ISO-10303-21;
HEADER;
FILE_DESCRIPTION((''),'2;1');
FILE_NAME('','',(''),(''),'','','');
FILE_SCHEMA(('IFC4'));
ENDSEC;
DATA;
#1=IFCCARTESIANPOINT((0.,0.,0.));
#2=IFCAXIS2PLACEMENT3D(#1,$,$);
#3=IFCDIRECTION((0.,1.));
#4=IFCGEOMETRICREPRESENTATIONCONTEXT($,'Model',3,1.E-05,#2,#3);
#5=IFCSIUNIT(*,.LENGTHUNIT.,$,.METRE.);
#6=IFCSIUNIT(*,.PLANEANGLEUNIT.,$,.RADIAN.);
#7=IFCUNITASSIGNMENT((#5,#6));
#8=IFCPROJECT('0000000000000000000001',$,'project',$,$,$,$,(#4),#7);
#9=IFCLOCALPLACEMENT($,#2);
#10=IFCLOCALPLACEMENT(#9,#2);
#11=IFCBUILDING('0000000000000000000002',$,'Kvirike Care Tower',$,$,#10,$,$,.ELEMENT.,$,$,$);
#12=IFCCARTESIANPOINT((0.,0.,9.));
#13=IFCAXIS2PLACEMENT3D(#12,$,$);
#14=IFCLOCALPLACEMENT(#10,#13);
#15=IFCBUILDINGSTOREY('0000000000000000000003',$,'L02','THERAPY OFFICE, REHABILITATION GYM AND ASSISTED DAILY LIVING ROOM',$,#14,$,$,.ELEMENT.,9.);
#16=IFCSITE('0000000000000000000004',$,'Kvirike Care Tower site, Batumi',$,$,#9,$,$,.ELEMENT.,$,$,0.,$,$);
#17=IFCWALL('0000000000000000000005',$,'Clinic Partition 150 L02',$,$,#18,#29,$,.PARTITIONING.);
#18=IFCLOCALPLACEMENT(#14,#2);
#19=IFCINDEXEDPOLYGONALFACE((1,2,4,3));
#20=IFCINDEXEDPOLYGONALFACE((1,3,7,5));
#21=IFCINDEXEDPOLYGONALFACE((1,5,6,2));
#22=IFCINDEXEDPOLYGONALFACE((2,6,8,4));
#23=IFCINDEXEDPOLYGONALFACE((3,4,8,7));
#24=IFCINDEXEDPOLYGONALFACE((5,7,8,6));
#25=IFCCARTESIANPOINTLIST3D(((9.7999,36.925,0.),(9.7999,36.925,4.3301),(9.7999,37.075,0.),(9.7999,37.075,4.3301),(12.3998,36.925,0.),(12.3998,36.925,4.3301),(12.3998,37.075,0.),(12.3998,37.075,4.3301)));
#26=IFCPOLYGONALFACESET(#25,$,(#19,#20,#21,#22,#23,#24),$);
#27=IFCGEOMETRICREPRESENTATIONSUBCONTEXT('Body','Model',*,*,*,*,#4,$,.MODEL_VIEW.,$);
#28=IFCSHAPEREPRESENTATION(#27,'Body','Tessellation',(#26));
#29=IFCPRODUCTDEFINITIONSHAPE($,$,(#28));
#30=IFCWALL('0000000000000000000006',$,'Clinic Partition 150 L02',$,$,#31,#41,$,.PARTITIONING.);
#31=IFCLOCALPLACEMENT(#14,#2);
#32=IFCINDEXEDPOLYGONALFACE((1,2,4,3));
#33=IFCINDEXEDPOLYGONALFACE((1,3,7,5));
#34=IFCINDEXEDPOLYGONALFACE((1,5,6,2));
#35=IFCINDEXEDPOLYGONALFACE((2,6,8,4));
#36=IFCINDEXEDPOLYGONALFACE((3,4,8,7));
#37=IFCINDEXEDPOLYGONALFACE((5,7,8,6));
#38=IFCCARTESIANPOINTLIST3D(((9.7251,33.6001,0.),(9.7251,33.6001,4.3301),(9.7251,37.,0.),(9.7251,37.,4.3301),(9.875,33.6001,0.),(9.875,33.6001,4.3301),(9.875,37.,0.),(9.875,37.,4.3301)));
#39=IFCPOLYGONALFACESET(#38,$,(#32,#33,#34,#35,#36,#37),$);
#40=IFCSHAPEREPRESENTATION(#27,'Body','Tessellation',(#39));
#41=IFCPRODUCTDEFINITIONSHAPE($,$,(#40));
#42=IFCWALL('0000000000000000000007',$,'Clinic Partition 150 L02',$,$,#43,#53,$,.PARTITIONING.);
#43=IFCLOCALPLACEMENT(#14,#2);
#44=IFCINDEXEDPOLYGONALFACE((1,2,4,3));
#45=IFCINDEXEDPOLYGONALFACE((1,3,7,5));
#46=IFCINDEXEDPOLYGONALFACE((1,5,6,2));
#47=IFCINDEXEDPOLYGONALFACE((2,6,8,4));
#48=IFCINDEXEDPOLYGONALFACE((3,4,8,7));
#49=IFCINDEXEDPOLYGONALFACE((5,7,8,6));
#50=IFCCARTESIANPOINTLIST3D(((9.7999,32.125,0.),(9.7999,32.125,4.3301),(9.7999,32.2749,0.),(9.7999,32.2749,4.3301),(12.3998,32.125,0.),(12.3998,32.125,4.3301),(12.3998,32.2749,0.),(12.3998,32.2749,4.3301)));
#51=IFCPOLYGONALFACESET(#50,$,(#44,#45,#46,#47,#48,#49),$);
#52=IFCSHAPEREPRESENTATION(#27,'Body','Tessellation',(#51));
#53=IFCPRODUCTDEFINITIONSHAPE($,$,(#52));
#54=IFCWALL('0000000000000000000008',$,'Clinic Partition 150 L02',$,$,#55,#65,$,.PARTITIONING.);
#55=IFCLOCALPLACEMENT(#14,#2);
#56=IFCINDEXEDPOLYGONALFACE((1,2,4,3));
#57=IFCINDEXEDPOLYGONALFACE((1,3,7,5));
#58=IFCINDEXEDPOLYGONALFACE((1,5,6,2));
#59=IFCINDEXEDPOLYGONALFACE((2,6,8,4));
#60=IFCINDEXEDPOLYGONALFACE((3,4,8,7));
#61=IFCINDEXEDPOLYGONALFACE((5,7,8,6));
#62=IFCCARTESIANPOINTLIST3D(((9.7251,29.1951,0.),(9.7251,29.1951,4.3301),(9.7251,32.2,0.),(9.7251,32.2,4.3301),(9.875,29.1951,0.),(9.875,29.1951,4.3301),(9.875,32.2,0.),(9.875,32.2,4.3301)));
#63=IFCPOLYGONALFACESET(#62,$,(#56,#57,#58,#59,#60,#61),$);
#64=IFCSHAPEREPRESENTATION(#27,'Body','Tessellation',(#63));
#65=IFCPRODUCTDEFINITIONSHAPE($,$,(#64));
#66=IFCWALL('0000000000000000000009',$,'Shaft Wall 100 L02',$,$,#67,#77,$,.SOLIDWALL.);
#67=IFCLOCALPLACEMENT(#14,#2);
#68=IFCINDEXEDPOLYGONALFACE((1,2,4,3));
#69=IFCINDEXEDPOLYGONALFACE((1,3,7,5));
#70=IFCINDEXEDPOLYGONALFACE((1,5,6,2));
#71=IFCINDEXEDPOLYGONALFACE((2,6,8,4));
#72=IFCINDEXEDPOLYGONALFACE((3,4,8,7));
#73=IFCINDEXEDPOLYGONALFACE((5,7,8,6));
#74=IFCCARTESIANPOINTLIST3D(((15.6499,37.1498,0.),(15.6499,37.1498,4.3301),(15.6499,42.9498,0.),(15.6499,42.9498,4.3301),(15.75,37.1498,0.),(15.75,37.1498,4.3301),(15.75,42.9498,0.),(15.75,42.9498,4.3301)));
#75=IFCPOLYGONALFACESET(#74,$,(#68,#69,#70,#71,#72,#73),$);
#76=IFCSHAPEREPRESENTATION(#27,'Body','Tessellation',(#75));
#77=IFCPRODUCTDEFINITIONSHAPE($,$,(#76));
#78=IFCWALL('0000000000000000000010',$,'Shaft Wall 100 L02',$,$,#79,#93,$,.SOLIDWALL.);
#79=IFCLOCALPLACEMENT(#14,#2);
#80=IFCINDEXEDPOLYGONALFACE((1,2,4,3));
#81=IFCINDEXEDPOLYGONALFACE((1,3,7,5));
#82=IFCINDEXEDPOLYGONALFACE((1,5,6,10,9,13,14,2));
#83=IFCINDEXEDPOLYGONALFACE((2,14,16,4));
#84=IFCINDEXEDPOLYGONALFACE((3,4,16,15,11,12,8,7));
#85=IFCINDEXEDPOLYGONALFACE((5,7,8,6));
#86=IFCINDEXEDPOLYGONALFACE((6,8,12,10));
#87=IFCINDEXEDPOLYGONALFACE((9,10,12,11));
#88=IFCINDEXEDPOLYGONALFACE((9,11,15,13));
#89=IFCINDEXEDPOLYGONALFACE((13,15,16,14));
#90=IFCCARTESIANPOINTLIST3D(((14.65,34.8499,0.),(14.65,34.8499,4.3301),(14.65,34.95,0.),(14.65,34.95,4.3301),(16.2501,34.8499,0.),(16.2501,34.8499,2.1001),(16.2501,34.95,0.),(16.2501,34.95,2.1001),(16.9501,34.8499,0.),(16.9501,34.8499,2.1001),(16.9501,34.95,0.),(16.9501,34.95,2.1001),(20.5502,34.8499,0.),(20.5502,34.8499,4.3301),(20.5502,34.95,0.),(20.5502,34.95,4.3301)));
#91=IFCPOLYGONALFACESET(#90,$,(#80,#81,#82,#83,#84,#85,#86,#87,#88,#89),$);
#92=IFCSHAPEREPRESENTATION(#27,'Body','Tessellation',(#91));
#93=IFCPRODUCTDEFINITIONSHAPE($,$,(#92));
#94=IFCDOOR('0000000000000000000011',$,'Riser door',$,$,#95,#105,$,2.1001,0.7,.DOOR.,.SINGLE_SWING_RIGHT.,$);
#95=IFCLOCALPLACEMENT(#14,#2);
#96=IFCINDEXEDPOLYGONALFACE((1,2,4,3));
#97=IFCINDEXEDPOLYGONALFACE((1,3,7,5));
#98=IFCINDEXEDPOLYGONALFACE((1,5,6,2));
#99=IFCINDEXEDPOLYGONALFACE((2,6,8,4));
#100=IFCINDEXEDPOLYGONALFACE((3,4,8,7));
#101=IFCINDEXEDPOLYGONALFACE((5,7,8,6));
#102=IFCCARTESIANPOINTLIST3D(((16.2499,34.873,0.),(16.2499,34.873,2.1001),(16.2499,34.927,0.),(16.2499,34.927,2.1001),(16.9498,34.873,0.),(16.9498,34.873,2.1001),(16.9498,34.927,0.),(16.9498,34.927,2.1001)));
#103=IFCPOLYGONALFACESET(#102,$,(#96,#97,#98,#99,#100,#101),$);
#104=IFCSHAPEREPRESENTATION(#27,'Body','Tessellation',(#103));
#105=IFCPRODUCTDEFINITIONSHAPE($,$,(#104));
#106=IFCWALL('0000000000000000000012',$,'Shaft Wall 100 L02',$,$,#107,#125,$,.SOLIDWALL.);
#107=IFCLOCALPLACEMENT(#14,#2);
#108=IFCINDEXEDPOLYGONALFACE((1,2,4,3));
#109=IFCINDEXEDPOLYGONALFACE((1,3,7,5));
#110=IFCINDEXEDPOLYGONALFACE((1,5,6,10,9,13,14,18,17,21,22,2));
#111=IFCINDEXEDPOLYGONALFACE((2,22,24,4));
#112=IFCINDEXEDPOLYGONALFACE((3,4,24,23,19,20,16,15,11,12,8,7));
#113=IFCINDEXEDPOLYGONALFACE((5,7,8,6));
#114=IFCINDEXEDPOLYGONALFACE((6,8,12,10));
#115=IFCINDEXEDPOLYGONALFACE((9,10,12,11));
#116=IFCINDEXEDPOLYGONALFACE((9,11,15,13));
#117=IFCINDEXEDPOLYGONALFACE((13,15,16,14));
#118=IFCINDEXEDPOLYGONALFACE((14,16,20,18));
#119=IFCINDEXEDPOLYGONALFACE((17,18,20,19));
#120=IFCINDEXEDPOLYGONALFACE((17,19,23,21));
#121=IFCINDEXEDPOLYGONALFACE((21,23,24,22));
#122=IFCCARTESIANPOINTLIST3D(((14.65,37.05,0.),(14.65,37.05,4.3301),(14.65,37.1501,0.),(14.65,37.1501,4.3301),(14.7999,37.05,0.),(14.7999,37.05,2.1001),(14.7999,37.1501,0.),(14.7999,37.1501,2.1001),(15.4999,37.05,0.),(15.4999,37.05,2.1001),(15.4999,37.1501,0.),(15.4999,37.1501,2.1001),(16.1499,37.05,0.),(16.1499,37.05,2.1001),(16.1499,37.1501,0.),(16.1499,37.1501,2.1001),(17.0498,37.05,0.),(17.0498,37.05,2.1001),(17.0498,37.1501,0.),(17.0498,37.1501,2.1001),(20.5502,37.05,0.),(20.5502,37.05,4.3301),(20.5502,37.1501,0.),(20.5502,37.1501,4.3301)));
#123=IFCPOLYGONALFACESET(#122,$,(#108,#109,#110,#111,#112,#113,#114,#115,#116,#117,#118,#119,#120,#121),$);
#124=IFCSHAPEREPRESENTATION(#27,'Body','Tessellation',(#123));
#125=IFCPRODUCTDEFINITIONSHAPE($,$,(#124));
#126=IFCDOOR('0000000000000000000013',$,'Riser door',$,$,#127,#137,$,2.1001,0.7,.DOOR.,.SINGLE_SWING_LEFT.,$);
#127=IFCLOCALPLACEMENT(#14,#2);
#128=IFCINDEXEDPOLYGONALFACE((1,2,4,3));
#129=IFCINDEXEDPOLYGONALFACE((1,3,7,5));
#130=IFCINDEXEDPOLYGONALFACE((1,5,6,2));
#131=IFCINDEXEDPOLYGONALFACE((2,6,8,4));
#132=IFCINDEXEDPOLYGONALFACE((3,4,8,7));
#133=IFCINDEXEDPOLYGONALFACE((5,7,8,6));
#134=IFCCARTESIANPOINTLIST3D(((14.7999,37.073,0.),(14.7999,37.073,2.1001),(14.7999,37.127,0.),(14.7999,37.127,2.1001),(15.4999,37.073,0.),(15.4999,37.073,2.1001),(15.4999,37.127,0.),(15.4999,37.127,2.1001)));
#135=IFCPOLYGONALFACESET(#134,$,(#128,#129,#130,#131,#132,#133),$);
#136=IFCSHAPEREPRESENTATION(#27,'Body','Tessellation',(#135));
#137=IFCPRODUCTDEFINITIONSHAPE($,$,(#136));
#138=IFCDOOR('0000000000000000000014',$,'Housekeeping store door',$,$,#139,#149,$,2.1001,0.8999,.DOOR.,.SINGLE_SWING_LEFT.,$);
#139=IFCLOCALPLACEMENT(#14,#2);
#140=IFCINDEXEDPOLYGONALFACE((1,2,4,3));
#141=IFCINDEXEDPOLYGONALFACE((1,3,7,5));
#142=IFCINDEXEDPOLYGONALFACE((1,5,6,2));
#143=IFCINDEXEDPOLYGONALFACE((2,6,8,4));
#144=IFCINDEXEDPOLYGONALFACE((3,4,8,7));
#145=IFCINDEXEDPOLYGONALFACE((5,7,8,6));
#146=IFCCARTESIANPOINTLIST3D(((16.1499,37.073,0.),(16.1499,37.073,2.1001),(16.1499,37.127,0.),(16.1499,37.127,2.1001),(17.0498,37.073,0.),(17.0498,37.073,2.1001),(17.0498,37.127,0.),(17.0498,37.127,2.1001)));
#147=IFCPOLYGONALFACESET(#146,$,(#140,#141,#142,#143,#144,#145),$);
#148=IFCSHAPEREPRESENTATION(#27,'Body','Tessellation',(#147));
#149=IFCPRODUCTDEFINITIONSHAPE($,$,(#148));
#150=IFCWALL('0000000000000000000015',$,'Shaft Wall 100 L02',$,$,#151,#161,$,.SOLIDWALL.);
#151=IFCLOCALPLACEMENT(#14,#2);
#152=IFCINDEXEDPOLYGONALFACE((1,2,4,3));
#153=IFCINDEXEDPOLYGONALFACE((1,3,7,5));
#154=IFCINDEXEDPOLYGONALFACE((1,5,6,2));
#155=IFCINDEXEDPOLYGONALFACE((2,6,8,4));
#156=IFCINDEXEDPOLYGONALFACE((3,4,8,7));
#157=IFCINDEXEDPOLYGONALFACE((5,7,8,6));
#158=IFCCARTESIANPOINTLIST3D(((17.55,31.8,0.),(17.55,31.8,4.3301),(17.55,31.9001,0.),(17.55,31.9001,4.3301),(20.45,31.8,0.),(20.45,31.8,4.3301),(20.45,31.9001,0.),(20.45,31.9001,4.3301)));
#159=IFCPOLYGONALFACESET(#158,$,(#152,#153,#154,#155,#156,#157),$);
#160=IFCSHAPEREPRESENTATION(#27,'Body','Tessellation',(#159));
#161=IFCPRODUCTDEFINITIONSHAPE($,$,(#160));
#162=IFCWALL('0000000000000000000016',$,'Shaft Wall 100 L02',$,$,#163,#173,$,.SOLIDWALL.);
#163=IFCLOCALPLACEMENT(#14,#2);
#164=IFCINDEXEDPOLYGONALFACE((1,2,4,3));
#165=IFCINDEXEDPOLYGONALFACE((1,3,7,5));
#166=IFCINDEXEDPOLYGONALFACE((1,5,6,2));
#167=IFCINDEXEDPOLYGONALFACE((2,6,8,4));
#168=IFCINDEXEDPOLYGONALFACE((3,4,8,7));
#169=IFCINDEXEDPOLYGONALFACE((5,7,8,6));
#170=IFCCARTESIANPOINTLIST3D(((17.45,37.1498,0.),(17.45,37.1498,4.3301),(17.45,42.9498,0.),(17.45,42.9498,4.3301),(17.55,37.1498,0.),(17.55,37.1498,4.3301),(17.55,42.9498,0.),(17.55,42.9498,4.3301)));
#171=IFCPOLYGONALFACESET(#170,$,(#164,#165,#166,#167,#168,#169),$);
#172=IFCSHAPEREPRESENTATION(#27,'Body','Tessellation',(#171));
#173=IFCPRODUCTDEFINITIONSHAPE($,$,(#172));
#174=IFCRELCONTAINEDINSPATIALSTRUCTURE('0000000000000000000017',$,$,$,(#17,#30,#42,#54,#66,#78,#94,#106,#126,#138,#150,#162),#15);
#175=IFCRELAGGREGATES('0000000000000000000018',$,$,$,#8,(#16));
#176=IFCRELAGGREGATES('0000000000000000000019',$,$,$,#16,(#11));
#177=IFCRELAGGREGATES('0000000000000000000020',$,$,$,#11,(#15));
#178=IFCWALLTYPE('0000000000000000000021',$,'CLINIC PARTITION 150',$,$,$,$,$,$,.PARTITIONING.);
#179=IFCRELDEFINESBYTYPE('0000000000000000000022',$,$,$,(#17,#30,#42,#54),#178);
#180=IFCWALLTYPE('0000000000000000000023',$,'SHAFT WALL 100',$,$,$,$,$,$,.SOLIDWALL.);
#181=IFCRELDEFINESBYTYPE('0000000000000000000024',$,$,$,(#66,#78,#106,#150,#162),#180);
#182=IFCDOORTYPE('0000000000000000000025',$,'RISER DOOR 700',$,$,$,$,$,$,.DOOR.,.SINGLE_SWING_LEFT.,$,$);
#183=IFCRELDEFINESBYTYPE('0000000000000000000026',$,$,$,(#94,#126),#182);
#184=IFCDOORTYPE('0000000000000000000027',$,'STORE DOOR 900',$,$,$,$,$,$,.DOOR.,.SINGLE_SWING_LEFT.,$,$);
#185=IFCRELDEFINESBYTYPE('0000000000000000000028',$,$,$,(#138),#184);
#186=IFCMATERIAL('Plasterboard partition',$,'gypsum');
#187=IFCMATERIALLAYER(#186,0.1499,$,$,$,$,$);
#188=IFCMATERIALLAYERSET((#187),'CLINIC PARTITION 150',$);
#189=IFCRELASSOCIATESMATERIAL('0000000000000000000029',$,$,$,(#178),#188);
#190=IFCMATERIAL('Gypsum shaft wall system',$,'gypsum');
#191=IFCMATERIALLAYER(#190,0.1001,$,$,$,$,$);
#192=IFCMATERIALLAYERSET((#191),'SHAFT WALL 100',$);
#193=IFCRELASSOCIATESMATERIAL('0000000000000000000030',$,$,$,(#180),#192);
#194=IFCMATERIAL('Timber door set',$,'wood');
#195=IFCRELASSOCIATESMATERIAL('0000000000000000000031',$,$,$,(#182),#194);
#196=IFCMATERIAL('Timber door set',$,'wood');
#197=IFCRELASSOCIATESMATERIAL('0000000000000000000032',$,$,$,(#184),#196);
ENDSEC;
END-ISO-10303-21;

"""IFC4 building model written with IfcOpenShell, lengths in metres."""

from ifc_helpers import new_model, si_unit, direction, frame, frame_2d, origin, place, context, subcontext, project, spatial, rectangle, extrude, material, layer, layer_set, type_object, element, fill, save


model = new_model("IFC4")

# Units and contexts
model_context = context("Model", 3, precision=1e-05, world=origin(), true_north=direction((0.0, 1.0)))
body_context = subcontext(model_context, "Body", "Model", "MODEL_VIEW")
ifc_project = project(units=[si_unit("LENGTHUNIT", "METRE"), si_unit("PLANEANGLEUNIT", "RADIAN")], contexts=[model_context])

# Site, building, storey
site_placement = place(None, origin())
site = spatial("IfcSite", under=ifc_project, at=site_placement, Name="Kvirike Care Tower site, Batumi", CompositionType="ELEMENT", RefElevation=0.0)
building_placement = place(site_placement, origin())
building = spatial("IfcBuilding", under=site, at=building_placement, Name="Kvirike Care Tower", CompositionType="ELEMENT")
storey_placement = place(building_placement, frame((0.0, 0.0, 9.0)))
storey = spatial("IfcBuildingStorey", under=building, at=storey_placement, Name="L02", Description="THERAPY OFFICE, REHABILITATION GYM AND ASSISTED DAILY LIVING ROOM", CompositionType="ELEMENT", Elevation=9.0)

# Walls
ifc_material_1 = material(Name="Plasterboard partition", Category="gypsum")
ifc_layer_1 = layer(ifc_material_1, 0.1499)
ifc_layer_set_1 = layer_set([ifc_layer_1], Name="CLINIC PARTITION 150")
wall_type_1 = type_object("IfcWallType", Name="CLINIC PARTITION 150", PredefinedType="PARTITIONING", material=ifc_layer_set_1)
wall_1_placement = place(storey_placement, frame((9.8, 37.0, 0.0), z_axis=(0.0, 0.0, 1.0), x_axis=(1.0, 0.0, 0.0)))
element("IfcWall", 1, at=wall_1_placement, inside=storey, type_object=wall_type_1, Name="Clinic Partition 150 L02", PredefinedType="PARTITIONING", context=body_context, shape_type="SweptSolid", body=[
    extrude(rectangle(XDim=2.5999, YDim=0.1499, at=frame_2d((1.2998, 0.0))), origin(), (0.0, 0.0, 1.0), 4.3301),
])
wall_2_placement = place(storey_placement, frame((9.8, 37.0, 0.0), z_axis=(0.0, 0.0, 1.0), x_axis=(0.0, -1.0, 0.0)))
element("IfcWall", 2, at=wall_2_placement, inside=storey, type_object=wall_type_1, Name="Clinic Partition 150 L02", PredefinedType="PARTITIONING", context=body_context, shape_type="SweptSolid", body=[
    extrude(rectangle(XDim=3.3999, YDim=0.1499, at=frame_2d((1.7, 0.0))), origin(), (0.0, 0.0, 1.0), 4.3301),
])
wall_3_placement = place(storey_placement, frame((9.8, 32.2, 0.0), z_axis=(0.0, 0.0, 1.0), x_axis=(1.0, 0.0, 0.0)))
element("IfcWall", 3, at=wall_3_placement, inside=storey, type_object=wall_type_1, Name="Clinic Partition 150 L02", PredefinedType="PARTITIONING", context=body_context, shape_type="SweptSolid", body=[
    extrude(rectangle(XDim=2.5999, YDim=0.1499, at=frame_2d((1.2998, 0.0))), origin(), (0.0, 0.0, 1.0), 4.3301),
])
wall_4_placement = place(storey_placement, frame((9.8, 32.2, 0.0), z_axis=(0.0, 0.0, 1.0), x_axis=(0.0, -1.0, 0.0)))
element("IfcWall", 4, at=wall_4_placement, inside=storey, type_object=wall_type_1, Name="Clinic Partition 150 L02", PredefinedType="PARTITIONING", context=body_context, shape_type="SweptSolid", body=[
    extrude(rectangle(XDim=3.0049, YDim=0.1499, at=frame_2d((1.5024, 0.0))), origin(), (0.0, 0.0, 1.0), 4.3301),
])
ifc_material_2 = material(Name="Gypsum shaft wall system", Category="gypsum")
ifc_layer_2 = layer(ifc_material_2, 0.1001)
ifc_layer_set_2 = layer_set([ifc_layer_2], Name="SHAFT WALL 100")
wall_type_2 = type_object("IfcWallType", Name="SHAFT WALL 100", PredefinedType="SOLIDWALL", material=ifc_layer_set_2)
wall_5_placement = place(storey_placement, frame((15.7, 37.1499, 0.0), z_axis=(0.0, 0.0, 1.0), x_axis=(0.0, 1.0, 0.0)))
element("IfcWall", 5, at=wall_5_placement, inside=storey, type_object=wall_type_2, Name="Shaft Wall 100 L02", PredefinedType="SOLIDWALL", context=body_context, shape_type="SweptSolid", body=[
    extrude(rectangle(XDim=5.8, YDim=0.1001, at=frame_2d((2.8999, 0.0))), origin(), (0.0, 0.0, 1.0), 4.3301),
])

# Wall, opening, door
wall_6_placement = place(storey_placement, frame((14.6499, 34.8999, 0.0), z_axis=(0.0, 0.0, 1.0), x_axis=(1.0, 0.0, 0.0)))
wall_6 = element("IfcWall", 6, at=wall_6_placement, inside=storey, type_object=wall_type_2, Name="Shaft Wall 100 L02", PredefinedType="SOLIDWALL", context=body_context, shape_type="SweptSolid", body=[
    extrude(rectangle(XDim=5.9001, YDim=0.1001, at=frame_2d((2.9502, 0.0))), origin(), (0.0, 0.0, 1.0), 4.3301),
])
opening_1_placement = place(wall_6_placement, frame((1.6001, 0.0, 0.0)))
opening_1 = element("IfcOpeningElement", 7, at=opening_1_placement, cuts=wall_6, PredefinedType="OPENING", context=body_context, shape_type="SweptSolid", body=[
    extrude(rectangle(XDim=0.7, YDim=2.1001, at=frame_2d((0.3501, 1.05))), frame((0.0, 0.0605, 0.0), z_axis=(0.0, -1.0, 0.0), x_axis=(1.0, 0.0, 0.0)), (0.0, 0.0, 1.0), 0.1211),
])
ifc_material_3 = material(Name="Timber door set", Category="wood")
door_type_1 = type_object("IfcDoorType", Name="RISER DOOR 700", OperationType="SINGLE_SWING_LEFT", PredefinedType="DOOR", material=ifc_material_3)
door_1_placement = place(opening_1_placement, frame((0.7, 0.0, 0.0), z_axis=(0.0, 0.0, 1.0), x_axis=(-1.0, 0.0, 0.0)))
door_1 = element("IfcDoor", 8, at=door_1_placement, inside=storey, type_object=door_type_1, Name="Riser door", OperationType="SINGLE_SWING_RIGHT", OverallHeight=2.1001, OverallWidth=0.7, PredefinedType="DOOR", context=body_context, shape_type="SweptSolid", body=[
    extrude(rectangle(XDim=0.7, YDim=2.1001, at=frame_2d((0.3501, 1.05))), frame((0.0, 0.0269, 0.0), z_axis=(0.0, -1.0, 0.0), x_axis=(1.0, 0.0, 0.0)), (0.0, 0.0, 1.0), 0.054),
])
fill(opening_1, door_1)

# Wall, openings, doors
wall_7_placement = place(storey_placement, frame((14.6499, 37.1001, 0.0), z_axis=(0.0, 0.0, 1.0), x_axis=(1.0, 0.0, 0.0)))
wall_7 = element("IfcWall", 9, at=wall_7_placement, inside=storey, type_object=wall_type_2, Name="Shaft Wall 100 L02", PredefinedType="SOLIDWALL", context=body_context, shape_type="SweptSolid", body=[
    extrude(rectangle(XDim=5.9001, YDim=0.1001, at=frame_2d((2.9502, 0.0))), origin(), (0.0, 0.0, 1.0), 4.3301),
])
opening_2_placement = place(wall_7_placement, frame((0.1499, 0.0, 0.0)))
opening_2 = element("IfcOpeningElement", 10, at=opening_2_placement, cuts=wall_7, PredefinedType="OPENING", context=body_context, shape_type="SweptSolid", body=[
    extrude(rectangle(XDim=0.7, YDim=2.1001, at=frame_2d((0.3501, 1.05))), frame((0.0, 0.0605, 0.0), z_axis=(0.0, -1.0, 0.0), x_axis=(1.0, 0.0, 0.0)), (0.0, 0.0, 1.0), 0.1211),
])
opening_3_placement = place(wall_7_placement, frame((1.5, 0.0, 0.0)))
opening_3 = element("IfcOpeningElement", 11, at=opening_3_placement, cuts=wall_7, PredefinedType="OPENING", context=body_context, shape_type="SweptSolid", body=[
    extrude(rectangle(XDim=0.8999, YDim=2.1001, at=frame_2d((0.45, 1.05))), frame((0.0, 0.0605, 0.0), z_axis=(0.0, -1.0, 0.0), x_axis=(1.0, 0.0, 0.0)), (0.0, 0.0, 1.0), 0.1211),
])
door_2_placement = place(opening_2_placement, origin())
door_2 = element("IfcDoor", 12, at=door_2_placement, inside=storey, type_object=door_type_1, Name="Riser door", OperationType="SINGLE_SWING_LEFT", OverallHeight=2.1001, OverallWidth=0.7, PredefinedType="DOOR", context=body_context, shape_type="SweptSolid", body=[
    extrude(rectangle(XDim=0.7, YDim=2.1001, at=frame_2d((0.3501, 1.05))), frame((0.0, 0.0269, 0.0), z_axis=(0.0, -1.0, 0.0), x_axis=(1.0, 0.0, 0.0)), (0.0, 0.0, 1.0), 0.054),
])
fill(opening_2, door_2)
ifc_material_4 = material(Name="Timber door set", Category="wood")
door_type_2 = type_object("IfcDoorType", Name="STORE DOOR 900", OperationType="SINGLE_SWING_LEFT", PredefinedType="DOOR", material=ifc_material_4)
door_3_placement = place(opening_3_placement, origin())
door_3 = element("IfcDoor", 13, at=door_3_placement, inside=storey, type_object=door_type_2, Name="Housekeeping store door", OperationType="SINGLE_SWING_LEFT", OverallHeight=2.1001, OverallWidth=0.8999, PredefinedType="DOOR", context=body_context, shape_type="SweptSolid", body=[
    extrude(rectangle(XDim=0.8999, YDim=2.1001, at=frame_2d((0.45, 1.05))), frame((0.0, 0.0269, 0.0), z_axis=(0.0, -1.0, 0.0), x_axis=(1.0, 0.0, 0.0)), (0.0, 0.0, 1.0), 0.054),
])
fill(opening_3, door_3)

# Walls
wall_8_placement = place(storey_placement, frame((17.55, 31.8501, 0.0), z_axis=(0.0, 0.0, 1.0), x_axis=(1.0, 0.0, 0.0)))
element("IfcWall", 14, at=wall_8_placement, inside=storey, type_object=wall_type_2, Name="Shaft Wall 100 L02", PredefinedType="SOLIDWALL", context=body_context, shape_type="SweptSolid", body=[
    extrude(rectangle(XDim=2.8999, YDim=0.1001, at=frame_2d((1.45, 0.0))), origin(), (0.0, 0.0, 1.0), 4.3301),
])
wall_9_placement = place(storey_placement, frame((17.5, 37.1499, 0.0), z_axis=(0.0, 0.0, 1.0), x_axis=(0.0, 1.0, 0.0)))
element("IfcWall", 15, at=wall_9_placement, inside=storey, type_object=wall_type_2, Name="Shaft Wall 100 L02", PredefinedType="SOLIDWALL", context=body_context, shape_type="SweptSolid", body=[
    extrude(rectangle(XDim=5.8, YDim=0.1001, at=frame_2d((2.8999, 0.0))), origin(), (0.0, 0.0, 1.0), 4.3301),
])

save(model, "model.ifc")
